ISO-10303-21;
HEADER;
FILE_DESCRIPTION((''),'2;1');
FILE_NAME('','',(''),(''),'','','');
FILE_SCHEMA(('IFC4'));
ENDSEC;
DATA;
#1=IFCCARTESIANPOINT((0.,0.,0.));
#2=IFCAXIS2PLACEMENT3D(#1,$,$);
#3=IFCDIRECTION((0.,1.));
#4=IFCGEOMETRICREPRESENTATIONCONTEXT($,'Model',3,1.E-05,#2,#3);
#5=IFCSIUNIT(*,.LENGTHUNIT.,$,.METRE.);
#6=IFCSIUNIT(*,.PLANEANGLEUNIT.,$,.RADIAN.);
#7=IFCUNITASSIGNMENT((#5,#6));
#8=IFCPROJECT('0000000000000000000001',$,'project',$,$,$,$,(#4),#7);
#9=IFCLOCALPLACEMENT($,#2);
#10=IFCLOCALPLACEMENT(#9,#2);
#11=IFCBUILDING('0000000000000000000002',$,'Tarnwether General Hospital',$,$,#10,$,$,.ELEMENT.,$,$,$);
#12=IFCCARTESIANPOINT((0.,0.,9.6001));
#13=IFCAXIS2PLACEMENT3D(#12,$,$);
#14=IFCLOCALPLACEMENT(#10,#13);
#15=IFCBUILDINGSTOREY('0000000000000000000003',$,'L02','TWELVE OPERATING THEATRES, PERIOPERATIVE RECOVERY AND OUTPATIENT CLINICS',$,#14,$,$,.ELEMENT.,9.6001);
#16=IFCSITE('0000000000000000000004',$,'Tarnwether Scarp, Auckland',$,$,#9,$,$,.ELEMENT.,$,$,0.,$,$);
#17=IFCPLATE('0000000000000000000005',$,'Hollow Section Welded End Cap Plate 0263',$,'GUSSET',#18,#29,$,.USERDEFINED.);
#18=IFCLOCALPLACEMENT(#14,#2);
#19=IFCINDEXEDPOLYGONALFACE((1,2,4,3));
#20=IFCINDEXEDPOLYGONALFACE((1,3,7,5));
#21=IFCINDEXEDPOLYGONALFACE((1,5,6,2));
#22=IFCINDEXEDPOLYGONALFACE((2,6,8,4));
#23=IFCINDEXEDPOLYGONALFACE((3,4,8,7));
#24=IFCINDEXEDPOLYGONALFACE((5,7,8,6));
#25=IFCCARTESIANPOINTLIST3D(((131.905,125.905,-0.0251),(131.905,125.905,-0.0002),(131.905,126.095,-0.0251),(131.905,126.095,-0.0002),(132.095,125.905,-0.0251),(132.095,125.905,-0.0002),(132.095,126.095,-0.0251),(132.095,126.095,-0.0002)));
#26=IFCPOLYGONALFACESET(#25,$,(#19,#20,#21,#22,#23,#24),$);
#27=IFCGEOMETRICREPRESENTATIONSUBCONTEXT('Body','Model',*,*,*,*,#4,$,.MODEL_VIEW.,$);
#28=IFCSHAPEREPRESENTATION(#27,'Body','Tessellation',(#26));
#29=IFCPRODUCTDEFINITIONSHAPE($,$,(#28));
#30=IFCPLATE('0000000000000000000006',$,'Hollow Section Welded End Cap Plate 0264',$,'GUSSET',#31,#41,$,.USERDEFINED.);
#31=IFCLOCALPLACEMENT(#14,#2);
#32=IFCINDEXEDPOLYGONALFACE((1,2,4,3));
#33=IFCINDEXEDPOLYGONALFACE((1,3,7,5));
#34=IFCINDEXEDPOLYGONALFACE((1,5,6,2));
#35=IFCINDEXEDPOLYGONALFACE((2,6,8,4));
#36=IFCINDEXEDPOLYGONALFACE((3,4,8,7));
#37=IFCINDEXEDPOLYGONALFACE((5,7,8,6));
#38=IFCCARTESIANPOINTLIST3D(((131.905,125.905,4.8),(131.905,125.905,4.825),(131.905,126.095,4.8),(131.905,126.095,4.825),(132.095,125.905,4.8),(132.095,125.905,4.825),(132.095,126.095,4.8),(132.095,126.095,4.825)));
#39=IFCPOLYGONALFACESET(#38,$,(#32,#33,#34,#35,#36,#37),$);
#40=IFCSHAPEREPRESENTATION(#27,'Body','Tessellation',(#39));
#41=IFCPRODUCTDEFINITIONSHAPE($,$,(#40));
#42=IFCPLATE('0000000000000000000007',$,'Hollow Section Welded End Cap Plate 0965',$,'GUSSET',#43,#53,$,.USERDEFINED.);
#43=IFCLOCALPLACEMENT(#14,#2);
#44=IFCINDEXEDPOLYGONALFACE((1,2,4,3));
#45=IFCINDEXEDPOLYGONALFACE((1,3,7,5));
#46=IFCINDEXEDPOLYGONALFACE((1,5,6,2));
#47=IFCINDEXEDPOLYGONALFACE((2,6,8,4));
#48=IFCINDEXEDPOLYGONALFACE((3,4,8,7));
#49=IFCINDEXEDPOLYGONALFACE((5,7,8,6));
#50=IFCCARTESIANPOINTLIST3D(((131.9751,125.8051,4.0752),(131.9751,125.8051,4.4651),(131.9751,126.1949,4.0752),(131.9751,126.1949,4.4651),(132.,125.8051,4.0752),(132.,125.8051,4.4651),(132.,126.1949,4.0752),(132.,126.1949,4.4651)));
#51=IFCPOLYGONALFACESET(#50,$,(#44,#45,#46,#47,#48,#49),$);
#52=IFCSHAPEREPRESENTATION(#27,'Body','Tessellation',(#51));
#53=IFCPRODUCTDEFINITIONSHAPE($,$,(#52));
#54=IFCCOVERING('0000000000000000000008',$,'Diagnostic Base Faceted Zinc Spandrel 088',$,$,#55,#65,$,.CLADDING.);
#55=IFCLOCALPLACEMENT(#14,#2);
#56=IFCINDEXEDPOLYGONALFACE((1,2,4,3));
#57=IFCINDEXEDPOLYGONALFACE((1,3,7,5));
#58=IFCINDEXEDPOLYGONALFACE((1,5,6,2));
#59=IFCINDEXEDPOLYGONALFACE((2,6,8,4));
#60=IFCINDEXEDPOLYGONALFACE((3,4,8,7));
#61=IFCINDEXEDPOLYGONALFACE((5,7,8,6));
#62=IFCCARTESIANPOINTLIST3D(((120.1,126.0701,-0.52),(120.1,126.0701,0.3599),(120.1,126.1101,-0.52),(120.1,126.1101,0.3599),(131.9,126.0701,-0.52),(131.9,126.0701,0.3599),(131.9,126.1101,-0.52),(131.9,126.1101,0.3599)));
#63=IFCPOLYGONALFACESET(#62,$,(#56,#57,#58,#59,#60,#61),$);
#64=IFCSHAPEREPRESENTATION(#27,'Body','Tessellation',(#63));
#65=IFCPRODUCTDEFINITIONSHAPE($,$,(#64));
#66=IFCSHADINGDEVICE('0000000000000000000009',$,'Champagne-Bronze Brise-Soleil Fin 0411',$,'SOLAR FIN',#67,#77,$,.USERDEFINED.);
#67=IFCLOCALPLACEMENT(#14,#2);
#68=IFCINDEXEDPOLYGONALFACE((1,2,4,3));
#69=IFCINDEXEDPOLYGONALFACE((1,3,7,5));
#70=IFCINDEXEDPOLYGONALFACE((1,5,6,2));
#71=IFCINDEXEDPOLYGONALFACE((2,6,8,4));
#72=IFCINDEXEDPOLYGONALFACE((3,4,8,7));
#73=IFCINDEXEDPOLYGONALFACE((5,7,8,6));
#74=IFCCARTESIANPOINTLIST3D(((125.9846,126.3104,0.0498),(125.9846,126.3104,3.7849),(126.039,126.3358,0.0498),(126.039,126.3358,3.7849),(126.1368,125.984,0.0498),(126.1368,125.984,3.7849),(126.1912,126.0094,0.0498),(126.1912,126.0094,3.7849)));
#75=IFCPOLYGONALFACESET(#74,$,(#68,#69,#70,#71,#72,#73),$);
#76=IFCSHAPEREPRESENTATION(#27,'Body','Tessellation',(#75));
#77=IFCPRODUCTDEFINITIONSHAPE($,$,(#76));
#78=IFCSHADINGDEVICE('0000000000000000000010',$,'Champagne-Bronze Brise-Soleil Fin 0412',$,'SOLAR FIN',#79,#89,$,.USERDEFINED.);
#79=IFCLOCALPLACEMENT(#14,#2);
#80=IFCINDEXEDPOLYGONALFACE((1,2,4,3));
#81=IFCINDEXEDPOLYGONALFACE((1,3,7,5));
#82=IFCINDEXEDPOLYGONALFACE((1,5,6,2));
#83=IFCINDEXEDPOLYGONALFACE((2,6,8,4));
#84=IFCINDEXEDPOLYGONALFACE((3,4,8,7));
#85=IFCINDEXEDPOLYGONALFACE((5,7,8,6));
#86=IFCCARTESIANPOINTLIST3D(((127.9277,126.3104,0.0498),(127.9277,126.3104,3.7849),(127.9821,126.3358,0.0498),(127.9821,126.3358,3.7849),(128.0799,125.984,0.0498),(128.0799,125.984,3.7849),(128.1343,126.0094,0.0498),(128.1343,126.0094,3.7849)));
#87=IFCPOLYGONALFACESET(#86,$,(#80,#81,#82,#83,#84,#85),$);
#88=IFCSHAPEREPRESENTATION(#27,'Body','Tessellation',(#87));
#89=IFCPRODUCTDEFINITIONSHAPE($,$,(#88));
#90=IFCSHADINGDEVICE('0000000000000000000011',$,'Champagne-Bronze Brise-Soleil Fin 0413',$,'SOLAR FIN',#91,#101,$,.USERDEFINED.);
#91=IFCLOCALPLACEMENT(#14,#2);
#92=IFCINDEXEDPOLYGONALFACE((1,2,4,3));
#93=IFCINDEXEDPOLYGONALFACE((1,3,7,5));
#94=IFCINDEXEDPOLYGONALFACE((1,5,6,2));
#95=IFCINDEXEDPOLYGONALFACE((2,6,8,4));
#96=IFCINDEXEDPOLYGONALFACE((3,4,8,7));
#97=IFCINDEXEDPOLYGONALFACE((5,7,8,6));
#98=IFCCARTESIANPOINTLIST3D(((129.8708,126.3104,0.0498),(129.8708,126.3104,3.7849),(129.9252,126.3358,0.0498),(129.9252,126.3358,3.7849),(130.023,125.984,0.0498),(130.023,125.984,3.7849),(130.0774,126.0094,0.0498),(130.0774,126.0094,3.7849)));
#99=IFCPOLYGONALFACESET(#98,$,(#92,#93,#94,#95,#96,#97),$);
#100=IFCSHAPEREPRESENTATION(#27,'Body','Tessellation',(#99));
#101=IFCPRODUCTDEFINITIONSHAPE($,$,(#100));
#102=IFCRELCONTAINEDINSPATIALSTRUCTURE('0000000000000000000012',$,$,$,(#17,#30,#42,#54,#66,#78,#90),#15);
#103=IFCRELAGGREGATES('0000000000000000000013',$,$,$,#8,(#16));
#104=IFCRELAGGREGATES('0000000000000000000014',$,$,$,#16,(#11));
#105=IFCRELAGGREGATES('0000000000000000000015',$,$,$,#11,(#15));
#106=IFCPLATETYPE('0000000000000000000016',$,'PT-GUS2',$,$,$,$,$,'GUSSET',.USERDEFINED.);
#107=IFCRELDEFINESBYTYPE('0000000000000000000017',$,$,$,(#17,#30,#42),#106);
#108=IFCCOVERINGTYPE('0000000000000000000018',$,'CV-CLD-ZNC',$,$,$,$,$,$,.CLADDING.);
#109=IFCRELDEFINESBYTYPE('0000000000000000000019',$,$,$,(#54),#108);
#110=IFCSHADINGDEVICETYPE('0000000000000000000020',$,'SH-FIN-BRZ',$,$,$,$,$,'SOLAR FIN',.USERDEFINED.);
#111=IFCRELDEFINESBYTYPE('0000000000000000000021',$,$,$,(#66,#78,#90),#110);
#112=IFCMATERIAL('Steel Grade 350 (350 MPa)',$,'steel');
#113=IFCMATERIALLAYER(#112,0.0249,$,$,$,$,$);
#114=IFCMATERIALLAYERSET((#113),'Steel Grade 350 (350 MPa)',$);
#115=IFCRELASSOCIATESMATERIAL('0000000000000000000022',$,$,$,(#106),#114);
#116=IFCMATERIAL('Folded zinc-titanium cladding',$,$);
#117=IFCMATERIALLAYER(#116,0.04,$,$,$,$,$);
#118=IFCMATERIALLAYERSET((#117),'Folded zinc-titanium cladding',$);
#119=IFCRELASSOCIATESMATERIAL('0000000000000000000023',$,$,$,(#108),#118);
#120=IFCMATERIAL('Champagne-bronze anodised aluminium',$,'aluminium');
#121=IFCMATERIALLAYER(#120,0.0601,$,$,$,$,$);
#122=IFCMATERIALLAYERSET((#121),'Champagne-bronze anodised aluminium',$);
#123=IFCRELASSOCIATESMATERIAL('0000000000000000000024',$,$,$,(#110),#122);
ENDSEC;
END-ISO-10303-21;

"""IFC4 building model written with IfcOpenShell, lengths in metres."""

from ifc_helpers import new_model, si_unit, direction, frame, origin, origin_2d, place, context, subcontext, project, spatial, rectangle, extrude, material, layer, layer_set, type_object, element, save


model = new_model("IFC4")

# Units and contexts
model_context = context("Model", 3, precision=1e-05, world=origin(), true_north=direction((0.0, 1.0)))
body_context = subcontext(model_context, "Body", "Model", "MODEL_VIEW")
ifc_project = project(units=[si_unit("LENGTHUNIT", "METRE"), si_unit("PLANEANGLEUNIT", "RADIAN")], contexts=[model_context])

# Site, building, storey
site_placement = place(None, origin())
site = spatial("IfcSite", under=ifc_project, at=site_placement, Name="Tarnwether Scarp, Auckland", CompositionType="ELEMENT", RefElevation=0.0)
building_placement = place(site_placement, origin())
building = spatial("IfcBuilding", under=site, at=building_placement, Name="Tarnwether General Hospital", CompositionType="ELEMENT")
storey_placement = place(building_placement, frame((0.0, 0.0, 9.6001)))
storey = spatial("IfcBuildingStorey", under=building, at=storey_placement, Name="L02", Description="TWELVE OPERATING THEATRES, PERIOPERATIVE RECOVERY AND OUTPATIENT CLINICS", CompositionType="ELEMENT", Elevation=9.6001)

# Plates
ifc_material_1 = material(Name="Steel Grade 350 (350 MPa)", Category="steel")
ifc_layer_1 = layer(ifc_material_1, 0.0249)
ifc_layer_set_1 = layer_set([ifc_layer_1], Name="Steel Grade 350 (350 MPa)")
plate_type_1 = type_object("IfcPlateType", Name="PT-GUS2", ElementType="GUSSET", PredefinedType="USERDEFINED", material=ifc_layer_set_1)
for number, where, z_axis, x_axis, name in (
    (1, (132.0, 126.0, -0.0251), (0.0, 0.0, 1.0), (1.0, 0.0, 0.0), "Hollow Section Welded End Cap Plate 0263"),
    (2, (132.0, 126.0, 4.8), (0.0, 0.0, 1.0), (1.0, 0.0, 0.0), "Hollow Section Welded End Cap Plate 0264"),
):
    element("IfcPlate", number, at=place(storey_placement, frame(where, z_axis=z_axis, x_axis=x_axis)), inside=storey, type_object=plate_type_1, Name=name, ObjectType="GUSSET", PredefinedType="USERDEFINED", context=body_context, shape_type="SweptSolid", body=[
        extrude(rectangle(XDim=0.1899, YDim=0.1899, at=origin_2d()), origin(), (0.0, 0.0, 1.0), 0.0249),
    ])
plate_1_placement = place(storey_placement, frame((131.9875, 126.0, 4.0752), z_axis=(0.0, 0.0, 1.0), x_axis=(1.0, 0.0, 0.0)))
element("IfcPlate", 3, at=plate_1_placement, inside=storey, type_object=plate_type_1, Name="Hollow Section Welded End Cap Plate 0965", ObjectType="GUSSET", PredefinedType="USERDEFINED", context=body_context, shape_type="SweptSolid", body=[
    extrude(rectangle(XDim=0.0249, YDim=0.3899, at=origin_2d()), origin(), (0.0, 0.0, 1.0), 0.3899),
])

# Covering
ifc_material_2 = material(Name="Folded zinc-titanium cladding")
ifc_layer_2 = layer(ifc_material_2, 0.04)
ifc_layer_set_2 = layer_set([ifc_layer_2], Name="Folded zinc-titanium cladding")
covering_type = type_object("IfcCoveringType", Name="CV-CLD-ZNC", PredefinedType="CLADDING", material=ifc_layer_set_2)
covering_placement = place(storey_placement, frame((126.0, 126.0901, -0.52), z_axis=(0.0, 0.0, 1.0), x_axis=(1.0, 0.0, 0.0)))
element("IfcCovering", 4, at=covering_placement, inside=storey, type_object=covering_type, Name="Diagnostic Base Faceted Zinc Spandrel 088", PredefinedType="CLADDING", context=body_context, shape_type="SweptSolid", body=[
    extrude(rectangle(XDim=11.8, YDim=0.04, at=origin_2d()), origin(), (0.0, 0.0, 1.0), 0.8799),
])

# Shading devices
ifc_material_3 = material(Name="Champagne-bronze anodised aluminium", Category="aluminium")
ifc_layer_3 = layer(ifc_material_3, 0.0601)
ifc_layer_set_3 = layer_set([ifc_layer_3], Name="Champagne-bronze anodised aluminium")
shading_device_type = type_object("IfcShadingDeviceType", Name="SH-FIN-BRZ", ElementType="SOLAR FIN", PredefinedType="USERDEFINED", material=ifc_layer_set_3)
for number, where, z_axis, x_axis, name in (
    (5, (126.0879, 126.1599, 0.0498), (0.0, 0.0, 1.0), (0.906308, 0.422618, 0.0), "Champagne-Bronze Brise-Soleil Fin 0411"),
    (6, (128.031, 126.1599, 0.0498), (0.0, 0.0, 1.0), (0.906308, 0.422618, 0.0), "Champagne-Bronze Brise-Soleil Fin 0412"),
    (7, (129.9741, 126.1599, 0.0498), (0.0, 0.0, 1.0), (0.906308, 0.422618, 0.0), "Champagne-Bronze Brise-Soleil Fin 0413"),
):
    element("IfcShadingDevice", number, at=place(storey_placement, frame(where, z_axis=z_axis, x_axis=x_axis)), inside=storey, type_object=shading_device_type, Name=name, ObjectType="SOLAR FIN", PredefinedType="USERDEFINED", context=body_context, shape_type="SweptSolid", body=[
        extrude(rectangle(XDim=0.0601, YDim=0.3601, at=origin_2d()), origin(), (0.0, 0.0, 1.0), 3.7351),
    ])

save(model, "model.ifc")
